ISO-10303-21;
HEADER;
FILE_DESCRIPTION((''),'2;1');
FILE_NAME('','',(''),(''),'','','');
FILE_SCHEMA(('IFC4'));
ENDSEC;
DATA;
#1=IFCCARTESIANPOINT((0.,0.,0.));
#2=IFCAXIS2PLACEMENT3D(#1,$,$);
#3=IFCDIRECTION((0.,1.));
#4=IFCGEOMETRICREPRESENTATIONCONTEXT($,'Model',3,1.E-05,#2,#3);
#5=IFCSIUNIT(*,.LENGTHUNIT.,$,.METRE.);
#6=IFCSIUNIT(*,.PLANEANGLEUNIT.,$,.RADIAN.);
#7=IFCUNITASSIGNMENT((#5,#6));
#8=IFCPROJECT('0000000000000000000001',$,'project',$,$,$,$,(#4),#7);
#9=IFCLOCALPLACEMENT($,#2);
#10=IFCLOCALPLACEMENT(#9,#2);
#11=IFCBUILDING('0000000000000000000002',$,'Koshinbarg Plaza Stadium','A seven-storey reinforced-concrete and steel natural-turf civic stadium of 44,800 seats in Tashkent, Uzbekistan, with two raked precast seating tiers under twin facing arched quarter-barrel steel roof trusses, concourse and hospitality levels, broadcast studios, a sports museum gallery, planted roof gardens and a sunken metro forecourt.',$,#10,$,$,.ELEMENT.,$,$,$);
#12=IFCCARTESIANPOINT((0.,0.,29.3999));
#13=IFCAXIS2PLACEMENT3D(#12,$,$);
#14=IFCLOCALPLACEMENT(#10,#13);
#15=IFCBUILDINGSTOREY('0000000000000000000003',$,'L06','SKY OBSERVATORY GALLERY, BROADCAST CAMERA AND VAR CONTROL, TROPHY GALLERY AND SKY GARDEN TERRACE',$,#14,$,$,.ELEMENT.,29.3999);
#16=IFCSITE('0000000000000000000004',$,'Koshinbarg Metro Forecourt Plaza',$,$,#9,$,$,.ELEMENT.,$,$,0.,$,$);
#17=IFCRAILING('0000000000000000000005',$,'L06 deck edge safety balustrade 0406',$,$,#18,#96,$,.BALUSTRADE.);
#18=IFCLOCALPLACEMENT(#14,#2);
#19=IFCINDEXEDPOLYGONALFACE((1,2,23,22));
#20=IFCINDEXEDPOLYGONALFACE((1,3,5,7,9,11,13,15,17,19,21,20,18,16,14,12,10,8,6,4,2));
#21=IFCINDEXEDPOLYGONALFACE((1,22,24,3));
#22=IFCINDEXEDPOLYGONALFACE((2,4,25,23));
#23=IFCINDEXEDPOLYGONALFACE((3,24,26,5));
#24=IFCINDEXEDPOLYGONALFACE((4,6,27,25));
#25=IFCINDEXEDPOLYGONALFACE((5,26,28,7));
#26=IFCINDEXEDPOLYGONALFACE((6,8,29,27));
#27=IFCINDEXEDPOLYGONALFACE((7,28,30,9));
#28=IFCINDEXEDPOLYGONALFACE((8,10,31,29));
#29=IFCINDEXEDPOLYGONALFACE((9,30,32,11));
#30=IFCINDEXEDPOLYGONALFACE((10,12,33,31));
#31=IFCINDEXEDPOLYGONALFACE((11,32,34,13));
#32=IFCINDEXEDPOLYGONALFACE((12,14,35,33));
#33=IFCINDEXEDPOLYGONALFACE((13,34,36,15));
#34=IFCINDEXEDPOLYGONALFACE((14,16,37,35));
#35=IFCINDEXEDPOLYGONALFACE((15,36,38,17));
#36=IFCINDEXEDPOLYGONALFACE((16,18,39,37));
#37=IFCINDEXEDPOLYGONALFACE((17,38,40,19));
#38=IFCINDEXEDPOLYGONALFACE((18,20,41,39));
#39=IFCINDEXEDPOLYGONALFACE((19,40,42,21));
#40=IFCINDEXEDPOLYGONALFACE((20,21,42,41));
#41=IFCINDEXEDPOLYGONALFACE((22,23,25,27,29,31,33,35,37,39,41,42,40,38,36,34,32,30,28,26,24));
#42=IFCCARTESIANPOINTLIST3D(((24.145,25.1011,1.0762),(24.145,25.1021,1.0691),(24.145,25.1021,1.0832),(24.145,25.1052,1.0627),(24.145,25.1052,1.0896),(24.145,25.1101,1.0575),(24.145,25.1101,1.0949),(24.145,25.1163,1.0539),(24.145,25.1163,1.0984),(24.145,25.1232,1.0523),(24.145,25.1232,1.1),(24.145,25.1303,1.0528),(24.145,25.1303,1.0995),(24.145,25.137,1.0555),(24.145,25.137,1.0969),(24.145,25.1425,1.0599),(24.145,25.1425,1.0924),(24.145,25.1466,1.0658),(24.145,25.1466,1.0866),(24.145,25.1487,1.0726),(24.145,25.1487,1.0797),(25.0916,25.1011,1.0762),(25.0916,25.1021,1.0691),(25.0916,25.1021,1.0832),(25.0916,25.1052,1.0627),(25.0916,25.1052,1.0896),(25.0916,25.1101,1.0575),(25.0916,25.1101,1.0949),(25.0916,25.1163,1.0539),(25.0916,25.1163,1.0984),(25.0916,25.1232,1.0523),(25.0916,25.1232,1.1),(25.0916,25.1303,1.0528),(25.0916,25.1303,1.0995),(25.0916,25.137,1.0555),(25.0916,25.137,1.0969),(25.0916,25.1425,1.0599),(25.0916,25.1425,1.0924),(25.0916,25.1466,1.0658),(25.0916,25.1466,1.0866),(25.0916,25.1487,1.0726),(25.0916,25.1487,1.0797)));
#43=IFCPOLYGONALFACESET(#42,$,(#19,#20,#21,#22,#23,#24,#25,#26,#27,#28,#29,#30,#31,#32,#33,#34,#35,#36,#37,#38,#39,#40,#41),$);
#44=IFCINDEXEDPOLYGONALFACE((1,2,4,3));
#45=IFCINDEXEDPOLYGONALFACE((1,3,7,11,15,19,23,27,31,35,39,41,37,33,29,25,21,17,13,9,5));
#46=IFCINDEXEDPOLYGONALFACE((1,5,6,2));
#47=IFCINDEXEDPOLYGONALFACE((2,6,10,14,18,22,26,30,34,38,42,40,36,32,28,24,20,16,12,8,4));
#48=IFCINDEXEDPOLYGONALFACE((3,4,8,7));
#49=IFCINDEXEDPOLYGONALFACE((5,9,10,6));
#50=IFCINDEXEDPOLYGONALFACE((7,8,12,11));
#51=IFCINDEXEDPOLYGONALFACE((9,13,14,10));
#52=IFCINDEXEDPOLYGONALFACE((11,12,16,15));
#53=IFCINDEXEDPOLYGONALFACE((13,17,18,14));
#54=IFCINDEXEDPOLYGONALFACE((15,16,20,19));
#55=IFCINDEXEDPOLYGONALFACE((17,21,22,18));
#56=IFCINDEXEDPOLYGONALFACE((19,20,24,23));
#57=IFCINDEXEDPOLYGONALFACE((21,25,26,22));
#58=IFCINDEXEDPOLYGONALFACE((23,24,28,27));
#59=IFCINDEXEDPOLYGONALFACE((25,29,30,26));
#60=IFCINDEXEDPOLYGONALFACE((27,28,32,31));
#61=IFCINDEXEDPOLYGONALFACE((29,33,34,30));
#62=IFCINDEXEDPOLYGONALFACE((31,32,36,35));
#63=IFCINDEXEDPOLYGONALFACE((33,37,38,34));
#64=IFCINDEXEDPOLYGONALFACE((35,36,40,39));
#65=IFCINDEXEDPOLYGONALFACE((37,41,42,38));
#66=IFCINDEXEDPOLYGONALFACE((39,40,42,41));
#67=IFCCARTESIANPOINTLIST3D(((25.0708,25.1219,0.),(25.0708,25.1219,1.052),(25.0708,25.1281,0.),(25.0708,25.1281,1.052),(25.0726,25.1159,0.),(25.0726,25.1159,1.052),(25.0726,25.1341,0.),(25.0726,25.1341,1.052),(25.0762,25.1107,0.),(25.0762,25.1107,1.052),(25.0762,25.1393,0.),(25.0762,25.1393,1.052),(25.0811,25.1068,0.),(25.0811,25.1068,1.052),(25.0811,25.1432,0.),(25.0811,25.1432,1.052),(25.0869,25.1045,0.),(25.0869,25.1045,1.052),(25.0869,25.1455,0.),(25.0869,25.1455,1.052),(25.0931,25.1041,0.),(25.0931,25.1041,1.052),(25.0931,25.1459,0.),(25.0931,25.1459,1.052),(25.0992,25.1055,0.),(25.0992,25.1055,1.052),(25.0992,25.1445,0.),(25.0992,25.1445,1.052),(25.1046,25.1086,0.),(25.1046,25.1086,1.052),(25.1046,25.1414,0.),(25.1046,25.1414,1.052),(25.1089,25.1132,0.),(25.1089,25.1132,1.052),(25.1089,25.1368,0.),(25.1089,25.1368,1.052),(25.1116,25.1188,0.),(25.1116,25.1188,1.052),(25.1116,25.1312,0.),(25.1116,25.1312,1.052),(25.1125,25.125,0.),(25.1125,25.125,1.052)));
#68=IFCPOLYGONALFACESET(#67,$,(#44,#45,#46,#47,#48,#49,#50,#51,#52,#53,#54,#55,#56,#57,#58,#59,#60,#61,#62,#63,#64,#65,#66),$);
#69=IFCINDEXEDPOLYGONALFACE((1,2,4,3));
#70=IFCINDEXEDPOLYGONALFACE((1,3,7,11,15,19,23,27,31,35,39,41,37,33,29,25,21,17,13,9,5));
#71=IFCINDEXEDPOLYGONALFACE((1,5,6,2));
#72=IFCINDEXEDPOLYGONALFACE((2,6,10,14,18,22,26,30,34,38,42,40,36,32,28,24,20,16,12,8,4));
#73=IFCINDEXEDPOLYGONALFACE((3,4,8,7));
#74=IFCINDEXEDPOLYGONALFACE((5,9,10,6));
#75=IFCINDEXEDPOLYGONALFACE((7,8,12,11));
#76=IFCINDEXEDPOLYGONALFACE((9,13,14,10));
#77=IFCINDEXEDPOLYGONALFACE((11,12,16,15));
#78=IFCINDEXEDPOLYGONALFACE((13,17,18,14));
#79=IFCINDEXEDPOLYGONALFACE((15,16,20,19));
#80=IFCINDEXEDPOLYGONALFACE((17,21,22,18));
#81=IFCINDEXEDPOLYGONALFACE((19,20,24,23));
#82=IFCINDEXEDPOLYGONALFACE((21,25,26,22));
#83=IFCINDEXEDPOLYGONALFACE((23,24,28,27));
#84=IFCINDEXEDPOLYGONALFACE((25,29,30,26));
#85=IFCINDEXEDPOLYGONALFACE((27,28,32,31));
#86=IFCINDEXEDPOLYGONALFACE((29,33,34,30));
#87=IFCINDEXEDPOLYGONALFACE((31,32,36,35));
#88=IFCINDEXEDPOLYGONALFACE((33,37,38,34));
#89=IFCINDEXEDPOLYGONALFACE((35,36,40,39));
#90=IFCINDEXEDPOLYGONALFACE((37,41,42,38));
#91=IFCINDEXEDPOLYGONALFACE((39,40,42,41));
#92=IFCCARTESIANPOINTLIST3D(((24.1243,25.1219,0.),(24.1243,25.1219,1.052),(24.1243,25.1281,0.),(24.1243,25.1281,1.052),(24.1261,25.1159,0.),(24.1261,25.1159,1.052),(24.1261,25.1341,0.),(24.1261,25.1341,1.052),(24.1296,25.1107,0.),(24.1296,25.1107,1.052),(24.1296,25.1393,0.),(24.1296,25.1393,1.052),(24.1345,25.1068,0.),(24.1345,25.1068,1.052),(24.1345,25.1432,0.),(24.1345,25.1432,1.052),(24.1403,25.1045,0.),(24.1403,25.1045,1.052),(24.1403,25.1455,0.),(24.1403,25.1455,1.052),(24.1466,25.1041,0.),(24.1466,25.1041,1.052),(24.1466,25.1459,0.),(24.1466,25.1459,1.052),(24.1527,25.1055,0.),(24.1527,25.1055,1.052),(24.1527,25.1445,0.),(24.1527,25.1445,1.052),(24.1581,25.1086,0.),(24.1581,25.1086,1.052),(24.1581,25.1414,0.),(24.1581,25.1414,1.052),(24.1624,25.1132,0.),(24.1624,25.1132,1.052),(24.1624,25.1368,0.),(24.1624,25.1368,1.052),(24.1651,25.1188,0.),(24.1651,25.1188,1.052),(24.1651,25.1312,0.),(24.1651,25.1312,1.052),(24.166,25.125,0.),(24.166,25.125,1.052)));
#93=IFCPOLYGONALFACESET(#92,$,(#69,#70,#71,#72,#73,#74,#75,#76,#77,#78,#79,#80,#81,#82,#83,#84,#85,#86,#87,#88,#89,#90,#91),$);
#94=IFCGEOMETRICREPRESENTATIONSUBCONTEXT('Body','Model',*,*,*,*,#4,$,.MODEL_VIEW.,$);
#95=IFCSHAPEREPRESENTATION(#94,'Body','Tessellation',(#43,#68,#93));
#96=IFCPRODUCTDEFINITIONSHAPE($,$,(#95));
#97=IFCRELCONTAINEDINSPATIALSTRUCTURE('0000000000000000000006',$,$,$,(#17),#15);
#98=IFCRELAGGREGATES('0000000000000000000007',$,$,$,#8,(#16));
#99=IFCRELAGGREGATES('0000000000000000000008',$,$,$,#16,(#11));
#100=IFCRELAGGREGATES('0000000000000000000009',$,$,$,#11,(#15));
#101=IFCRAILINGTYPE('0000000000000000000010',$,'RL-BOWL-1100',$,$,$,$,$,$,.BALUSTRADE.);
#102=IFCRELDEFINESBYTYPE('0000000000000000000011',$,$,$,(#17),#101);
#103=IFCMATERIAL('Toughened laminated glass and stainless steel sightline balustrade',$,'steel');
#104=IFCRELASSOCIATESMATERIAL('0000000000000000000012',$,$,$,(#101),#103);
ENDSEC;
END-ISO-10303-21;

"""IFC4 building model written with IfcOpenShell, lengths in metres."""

from ifc_helpers import new_model, si_unit, direction, frame, origin, origin_2d, place, context, subcontext, project, spatial, circle, extrude, material, type_object, element, save


model = new_model("IFC4")

# Units and contexts
model_context = context("Model", 3, precision=1e-05, world=origin(), true_north=direction((0.0, 1.0)))
body_context = subcontext(model_context, "Body", "Model", "MODEL_VIEW")
ifc_project = project(units=[si_unit("LENGTHUNIT", "METRE"), si_unit("PLANEANGLEUNIT", "RADIAN")], contexts=[model_context])

# Site, building, storey
site_placement = place(None, origin())
site = spatial("IfcSite", under=ifc_project, at=site_placement, Name="Koshinbarg Metro Forecourt Plaza", CompositionType="ELEMENT", RefElevation=0.0)
building_placement = place(site_placement, origin())
building = spatial("IfcBuilding", under=site, at=building_placement, Name="Koshinbarg Plaza Stadium", Description="A seven-storey reinforced-concrete and steel natural-turf civic stadium of 44,800 seats in Tashkent, Uzbekistan, with two raked precast seating tiers under twin facing arched quarter-barrel steel roof trusses, concourse and hospitality levels, broadcast studios, a sports museum gallery, planted roof gardens and a sunken metro forecourt.", CompositionType="ELEMENT")
storey_placement = place(building_placement, frame((0.0, 0.0, 29.3999)))
storey = spatial("IfcBuildingStorey", under=building, at=storey_placement, Name="L06", Description="SKY OBSERVATORY GALLERY, BROADCAST CAMERA AND VAR CONTROL, TROPHY GALLERY AND SKY GARDEN TERRACE", CompositionType="ELEMENT", Elevation=29.3999)

# Railing
ifc_material_1 = material(Name="Toughened laminated glass and stainless steel sightline balustrade", Category="steel")
railing_type_1 = type_object("IfcRailingType", Name="RL-BOWL-1100", PredefinedType="BALUSTRADE", material=ifc_material_1)
railing_1_placement = place(storey_placement, frame((25.0916, 25.125, 0.0)))
element("IfcRailing", 1, at=railing_1_placement, inside=storey, type_object=railing_type_1, Name="L06 deck edge safety balustrade 0406", PredefinedType="BALUSTRADE", context=body_context, shape_type="SweptSolid", body=[
    extrude(circle(Radius=0.0239, at=origin_2d()), frame((0.0, 0.0, 1.0762), z_axis=(-1.0, 0.0, 0.0), x_axis=(0.0, -1.0, 0.0)), (0.0, 0.0, 1.0), 0.9465),
    extrude(circle(Radius=0.021, at=origin_2d()), origin(), (0.0, 0.0, 1.0), 1.052),
    extrude(circle(Radius=0.021, at=origin_2d()), frame((-0.9465, 0.0, 0.0)), (0.0, 0.0, 1.0), 1.052),
])

save(model, "model.ifc")
